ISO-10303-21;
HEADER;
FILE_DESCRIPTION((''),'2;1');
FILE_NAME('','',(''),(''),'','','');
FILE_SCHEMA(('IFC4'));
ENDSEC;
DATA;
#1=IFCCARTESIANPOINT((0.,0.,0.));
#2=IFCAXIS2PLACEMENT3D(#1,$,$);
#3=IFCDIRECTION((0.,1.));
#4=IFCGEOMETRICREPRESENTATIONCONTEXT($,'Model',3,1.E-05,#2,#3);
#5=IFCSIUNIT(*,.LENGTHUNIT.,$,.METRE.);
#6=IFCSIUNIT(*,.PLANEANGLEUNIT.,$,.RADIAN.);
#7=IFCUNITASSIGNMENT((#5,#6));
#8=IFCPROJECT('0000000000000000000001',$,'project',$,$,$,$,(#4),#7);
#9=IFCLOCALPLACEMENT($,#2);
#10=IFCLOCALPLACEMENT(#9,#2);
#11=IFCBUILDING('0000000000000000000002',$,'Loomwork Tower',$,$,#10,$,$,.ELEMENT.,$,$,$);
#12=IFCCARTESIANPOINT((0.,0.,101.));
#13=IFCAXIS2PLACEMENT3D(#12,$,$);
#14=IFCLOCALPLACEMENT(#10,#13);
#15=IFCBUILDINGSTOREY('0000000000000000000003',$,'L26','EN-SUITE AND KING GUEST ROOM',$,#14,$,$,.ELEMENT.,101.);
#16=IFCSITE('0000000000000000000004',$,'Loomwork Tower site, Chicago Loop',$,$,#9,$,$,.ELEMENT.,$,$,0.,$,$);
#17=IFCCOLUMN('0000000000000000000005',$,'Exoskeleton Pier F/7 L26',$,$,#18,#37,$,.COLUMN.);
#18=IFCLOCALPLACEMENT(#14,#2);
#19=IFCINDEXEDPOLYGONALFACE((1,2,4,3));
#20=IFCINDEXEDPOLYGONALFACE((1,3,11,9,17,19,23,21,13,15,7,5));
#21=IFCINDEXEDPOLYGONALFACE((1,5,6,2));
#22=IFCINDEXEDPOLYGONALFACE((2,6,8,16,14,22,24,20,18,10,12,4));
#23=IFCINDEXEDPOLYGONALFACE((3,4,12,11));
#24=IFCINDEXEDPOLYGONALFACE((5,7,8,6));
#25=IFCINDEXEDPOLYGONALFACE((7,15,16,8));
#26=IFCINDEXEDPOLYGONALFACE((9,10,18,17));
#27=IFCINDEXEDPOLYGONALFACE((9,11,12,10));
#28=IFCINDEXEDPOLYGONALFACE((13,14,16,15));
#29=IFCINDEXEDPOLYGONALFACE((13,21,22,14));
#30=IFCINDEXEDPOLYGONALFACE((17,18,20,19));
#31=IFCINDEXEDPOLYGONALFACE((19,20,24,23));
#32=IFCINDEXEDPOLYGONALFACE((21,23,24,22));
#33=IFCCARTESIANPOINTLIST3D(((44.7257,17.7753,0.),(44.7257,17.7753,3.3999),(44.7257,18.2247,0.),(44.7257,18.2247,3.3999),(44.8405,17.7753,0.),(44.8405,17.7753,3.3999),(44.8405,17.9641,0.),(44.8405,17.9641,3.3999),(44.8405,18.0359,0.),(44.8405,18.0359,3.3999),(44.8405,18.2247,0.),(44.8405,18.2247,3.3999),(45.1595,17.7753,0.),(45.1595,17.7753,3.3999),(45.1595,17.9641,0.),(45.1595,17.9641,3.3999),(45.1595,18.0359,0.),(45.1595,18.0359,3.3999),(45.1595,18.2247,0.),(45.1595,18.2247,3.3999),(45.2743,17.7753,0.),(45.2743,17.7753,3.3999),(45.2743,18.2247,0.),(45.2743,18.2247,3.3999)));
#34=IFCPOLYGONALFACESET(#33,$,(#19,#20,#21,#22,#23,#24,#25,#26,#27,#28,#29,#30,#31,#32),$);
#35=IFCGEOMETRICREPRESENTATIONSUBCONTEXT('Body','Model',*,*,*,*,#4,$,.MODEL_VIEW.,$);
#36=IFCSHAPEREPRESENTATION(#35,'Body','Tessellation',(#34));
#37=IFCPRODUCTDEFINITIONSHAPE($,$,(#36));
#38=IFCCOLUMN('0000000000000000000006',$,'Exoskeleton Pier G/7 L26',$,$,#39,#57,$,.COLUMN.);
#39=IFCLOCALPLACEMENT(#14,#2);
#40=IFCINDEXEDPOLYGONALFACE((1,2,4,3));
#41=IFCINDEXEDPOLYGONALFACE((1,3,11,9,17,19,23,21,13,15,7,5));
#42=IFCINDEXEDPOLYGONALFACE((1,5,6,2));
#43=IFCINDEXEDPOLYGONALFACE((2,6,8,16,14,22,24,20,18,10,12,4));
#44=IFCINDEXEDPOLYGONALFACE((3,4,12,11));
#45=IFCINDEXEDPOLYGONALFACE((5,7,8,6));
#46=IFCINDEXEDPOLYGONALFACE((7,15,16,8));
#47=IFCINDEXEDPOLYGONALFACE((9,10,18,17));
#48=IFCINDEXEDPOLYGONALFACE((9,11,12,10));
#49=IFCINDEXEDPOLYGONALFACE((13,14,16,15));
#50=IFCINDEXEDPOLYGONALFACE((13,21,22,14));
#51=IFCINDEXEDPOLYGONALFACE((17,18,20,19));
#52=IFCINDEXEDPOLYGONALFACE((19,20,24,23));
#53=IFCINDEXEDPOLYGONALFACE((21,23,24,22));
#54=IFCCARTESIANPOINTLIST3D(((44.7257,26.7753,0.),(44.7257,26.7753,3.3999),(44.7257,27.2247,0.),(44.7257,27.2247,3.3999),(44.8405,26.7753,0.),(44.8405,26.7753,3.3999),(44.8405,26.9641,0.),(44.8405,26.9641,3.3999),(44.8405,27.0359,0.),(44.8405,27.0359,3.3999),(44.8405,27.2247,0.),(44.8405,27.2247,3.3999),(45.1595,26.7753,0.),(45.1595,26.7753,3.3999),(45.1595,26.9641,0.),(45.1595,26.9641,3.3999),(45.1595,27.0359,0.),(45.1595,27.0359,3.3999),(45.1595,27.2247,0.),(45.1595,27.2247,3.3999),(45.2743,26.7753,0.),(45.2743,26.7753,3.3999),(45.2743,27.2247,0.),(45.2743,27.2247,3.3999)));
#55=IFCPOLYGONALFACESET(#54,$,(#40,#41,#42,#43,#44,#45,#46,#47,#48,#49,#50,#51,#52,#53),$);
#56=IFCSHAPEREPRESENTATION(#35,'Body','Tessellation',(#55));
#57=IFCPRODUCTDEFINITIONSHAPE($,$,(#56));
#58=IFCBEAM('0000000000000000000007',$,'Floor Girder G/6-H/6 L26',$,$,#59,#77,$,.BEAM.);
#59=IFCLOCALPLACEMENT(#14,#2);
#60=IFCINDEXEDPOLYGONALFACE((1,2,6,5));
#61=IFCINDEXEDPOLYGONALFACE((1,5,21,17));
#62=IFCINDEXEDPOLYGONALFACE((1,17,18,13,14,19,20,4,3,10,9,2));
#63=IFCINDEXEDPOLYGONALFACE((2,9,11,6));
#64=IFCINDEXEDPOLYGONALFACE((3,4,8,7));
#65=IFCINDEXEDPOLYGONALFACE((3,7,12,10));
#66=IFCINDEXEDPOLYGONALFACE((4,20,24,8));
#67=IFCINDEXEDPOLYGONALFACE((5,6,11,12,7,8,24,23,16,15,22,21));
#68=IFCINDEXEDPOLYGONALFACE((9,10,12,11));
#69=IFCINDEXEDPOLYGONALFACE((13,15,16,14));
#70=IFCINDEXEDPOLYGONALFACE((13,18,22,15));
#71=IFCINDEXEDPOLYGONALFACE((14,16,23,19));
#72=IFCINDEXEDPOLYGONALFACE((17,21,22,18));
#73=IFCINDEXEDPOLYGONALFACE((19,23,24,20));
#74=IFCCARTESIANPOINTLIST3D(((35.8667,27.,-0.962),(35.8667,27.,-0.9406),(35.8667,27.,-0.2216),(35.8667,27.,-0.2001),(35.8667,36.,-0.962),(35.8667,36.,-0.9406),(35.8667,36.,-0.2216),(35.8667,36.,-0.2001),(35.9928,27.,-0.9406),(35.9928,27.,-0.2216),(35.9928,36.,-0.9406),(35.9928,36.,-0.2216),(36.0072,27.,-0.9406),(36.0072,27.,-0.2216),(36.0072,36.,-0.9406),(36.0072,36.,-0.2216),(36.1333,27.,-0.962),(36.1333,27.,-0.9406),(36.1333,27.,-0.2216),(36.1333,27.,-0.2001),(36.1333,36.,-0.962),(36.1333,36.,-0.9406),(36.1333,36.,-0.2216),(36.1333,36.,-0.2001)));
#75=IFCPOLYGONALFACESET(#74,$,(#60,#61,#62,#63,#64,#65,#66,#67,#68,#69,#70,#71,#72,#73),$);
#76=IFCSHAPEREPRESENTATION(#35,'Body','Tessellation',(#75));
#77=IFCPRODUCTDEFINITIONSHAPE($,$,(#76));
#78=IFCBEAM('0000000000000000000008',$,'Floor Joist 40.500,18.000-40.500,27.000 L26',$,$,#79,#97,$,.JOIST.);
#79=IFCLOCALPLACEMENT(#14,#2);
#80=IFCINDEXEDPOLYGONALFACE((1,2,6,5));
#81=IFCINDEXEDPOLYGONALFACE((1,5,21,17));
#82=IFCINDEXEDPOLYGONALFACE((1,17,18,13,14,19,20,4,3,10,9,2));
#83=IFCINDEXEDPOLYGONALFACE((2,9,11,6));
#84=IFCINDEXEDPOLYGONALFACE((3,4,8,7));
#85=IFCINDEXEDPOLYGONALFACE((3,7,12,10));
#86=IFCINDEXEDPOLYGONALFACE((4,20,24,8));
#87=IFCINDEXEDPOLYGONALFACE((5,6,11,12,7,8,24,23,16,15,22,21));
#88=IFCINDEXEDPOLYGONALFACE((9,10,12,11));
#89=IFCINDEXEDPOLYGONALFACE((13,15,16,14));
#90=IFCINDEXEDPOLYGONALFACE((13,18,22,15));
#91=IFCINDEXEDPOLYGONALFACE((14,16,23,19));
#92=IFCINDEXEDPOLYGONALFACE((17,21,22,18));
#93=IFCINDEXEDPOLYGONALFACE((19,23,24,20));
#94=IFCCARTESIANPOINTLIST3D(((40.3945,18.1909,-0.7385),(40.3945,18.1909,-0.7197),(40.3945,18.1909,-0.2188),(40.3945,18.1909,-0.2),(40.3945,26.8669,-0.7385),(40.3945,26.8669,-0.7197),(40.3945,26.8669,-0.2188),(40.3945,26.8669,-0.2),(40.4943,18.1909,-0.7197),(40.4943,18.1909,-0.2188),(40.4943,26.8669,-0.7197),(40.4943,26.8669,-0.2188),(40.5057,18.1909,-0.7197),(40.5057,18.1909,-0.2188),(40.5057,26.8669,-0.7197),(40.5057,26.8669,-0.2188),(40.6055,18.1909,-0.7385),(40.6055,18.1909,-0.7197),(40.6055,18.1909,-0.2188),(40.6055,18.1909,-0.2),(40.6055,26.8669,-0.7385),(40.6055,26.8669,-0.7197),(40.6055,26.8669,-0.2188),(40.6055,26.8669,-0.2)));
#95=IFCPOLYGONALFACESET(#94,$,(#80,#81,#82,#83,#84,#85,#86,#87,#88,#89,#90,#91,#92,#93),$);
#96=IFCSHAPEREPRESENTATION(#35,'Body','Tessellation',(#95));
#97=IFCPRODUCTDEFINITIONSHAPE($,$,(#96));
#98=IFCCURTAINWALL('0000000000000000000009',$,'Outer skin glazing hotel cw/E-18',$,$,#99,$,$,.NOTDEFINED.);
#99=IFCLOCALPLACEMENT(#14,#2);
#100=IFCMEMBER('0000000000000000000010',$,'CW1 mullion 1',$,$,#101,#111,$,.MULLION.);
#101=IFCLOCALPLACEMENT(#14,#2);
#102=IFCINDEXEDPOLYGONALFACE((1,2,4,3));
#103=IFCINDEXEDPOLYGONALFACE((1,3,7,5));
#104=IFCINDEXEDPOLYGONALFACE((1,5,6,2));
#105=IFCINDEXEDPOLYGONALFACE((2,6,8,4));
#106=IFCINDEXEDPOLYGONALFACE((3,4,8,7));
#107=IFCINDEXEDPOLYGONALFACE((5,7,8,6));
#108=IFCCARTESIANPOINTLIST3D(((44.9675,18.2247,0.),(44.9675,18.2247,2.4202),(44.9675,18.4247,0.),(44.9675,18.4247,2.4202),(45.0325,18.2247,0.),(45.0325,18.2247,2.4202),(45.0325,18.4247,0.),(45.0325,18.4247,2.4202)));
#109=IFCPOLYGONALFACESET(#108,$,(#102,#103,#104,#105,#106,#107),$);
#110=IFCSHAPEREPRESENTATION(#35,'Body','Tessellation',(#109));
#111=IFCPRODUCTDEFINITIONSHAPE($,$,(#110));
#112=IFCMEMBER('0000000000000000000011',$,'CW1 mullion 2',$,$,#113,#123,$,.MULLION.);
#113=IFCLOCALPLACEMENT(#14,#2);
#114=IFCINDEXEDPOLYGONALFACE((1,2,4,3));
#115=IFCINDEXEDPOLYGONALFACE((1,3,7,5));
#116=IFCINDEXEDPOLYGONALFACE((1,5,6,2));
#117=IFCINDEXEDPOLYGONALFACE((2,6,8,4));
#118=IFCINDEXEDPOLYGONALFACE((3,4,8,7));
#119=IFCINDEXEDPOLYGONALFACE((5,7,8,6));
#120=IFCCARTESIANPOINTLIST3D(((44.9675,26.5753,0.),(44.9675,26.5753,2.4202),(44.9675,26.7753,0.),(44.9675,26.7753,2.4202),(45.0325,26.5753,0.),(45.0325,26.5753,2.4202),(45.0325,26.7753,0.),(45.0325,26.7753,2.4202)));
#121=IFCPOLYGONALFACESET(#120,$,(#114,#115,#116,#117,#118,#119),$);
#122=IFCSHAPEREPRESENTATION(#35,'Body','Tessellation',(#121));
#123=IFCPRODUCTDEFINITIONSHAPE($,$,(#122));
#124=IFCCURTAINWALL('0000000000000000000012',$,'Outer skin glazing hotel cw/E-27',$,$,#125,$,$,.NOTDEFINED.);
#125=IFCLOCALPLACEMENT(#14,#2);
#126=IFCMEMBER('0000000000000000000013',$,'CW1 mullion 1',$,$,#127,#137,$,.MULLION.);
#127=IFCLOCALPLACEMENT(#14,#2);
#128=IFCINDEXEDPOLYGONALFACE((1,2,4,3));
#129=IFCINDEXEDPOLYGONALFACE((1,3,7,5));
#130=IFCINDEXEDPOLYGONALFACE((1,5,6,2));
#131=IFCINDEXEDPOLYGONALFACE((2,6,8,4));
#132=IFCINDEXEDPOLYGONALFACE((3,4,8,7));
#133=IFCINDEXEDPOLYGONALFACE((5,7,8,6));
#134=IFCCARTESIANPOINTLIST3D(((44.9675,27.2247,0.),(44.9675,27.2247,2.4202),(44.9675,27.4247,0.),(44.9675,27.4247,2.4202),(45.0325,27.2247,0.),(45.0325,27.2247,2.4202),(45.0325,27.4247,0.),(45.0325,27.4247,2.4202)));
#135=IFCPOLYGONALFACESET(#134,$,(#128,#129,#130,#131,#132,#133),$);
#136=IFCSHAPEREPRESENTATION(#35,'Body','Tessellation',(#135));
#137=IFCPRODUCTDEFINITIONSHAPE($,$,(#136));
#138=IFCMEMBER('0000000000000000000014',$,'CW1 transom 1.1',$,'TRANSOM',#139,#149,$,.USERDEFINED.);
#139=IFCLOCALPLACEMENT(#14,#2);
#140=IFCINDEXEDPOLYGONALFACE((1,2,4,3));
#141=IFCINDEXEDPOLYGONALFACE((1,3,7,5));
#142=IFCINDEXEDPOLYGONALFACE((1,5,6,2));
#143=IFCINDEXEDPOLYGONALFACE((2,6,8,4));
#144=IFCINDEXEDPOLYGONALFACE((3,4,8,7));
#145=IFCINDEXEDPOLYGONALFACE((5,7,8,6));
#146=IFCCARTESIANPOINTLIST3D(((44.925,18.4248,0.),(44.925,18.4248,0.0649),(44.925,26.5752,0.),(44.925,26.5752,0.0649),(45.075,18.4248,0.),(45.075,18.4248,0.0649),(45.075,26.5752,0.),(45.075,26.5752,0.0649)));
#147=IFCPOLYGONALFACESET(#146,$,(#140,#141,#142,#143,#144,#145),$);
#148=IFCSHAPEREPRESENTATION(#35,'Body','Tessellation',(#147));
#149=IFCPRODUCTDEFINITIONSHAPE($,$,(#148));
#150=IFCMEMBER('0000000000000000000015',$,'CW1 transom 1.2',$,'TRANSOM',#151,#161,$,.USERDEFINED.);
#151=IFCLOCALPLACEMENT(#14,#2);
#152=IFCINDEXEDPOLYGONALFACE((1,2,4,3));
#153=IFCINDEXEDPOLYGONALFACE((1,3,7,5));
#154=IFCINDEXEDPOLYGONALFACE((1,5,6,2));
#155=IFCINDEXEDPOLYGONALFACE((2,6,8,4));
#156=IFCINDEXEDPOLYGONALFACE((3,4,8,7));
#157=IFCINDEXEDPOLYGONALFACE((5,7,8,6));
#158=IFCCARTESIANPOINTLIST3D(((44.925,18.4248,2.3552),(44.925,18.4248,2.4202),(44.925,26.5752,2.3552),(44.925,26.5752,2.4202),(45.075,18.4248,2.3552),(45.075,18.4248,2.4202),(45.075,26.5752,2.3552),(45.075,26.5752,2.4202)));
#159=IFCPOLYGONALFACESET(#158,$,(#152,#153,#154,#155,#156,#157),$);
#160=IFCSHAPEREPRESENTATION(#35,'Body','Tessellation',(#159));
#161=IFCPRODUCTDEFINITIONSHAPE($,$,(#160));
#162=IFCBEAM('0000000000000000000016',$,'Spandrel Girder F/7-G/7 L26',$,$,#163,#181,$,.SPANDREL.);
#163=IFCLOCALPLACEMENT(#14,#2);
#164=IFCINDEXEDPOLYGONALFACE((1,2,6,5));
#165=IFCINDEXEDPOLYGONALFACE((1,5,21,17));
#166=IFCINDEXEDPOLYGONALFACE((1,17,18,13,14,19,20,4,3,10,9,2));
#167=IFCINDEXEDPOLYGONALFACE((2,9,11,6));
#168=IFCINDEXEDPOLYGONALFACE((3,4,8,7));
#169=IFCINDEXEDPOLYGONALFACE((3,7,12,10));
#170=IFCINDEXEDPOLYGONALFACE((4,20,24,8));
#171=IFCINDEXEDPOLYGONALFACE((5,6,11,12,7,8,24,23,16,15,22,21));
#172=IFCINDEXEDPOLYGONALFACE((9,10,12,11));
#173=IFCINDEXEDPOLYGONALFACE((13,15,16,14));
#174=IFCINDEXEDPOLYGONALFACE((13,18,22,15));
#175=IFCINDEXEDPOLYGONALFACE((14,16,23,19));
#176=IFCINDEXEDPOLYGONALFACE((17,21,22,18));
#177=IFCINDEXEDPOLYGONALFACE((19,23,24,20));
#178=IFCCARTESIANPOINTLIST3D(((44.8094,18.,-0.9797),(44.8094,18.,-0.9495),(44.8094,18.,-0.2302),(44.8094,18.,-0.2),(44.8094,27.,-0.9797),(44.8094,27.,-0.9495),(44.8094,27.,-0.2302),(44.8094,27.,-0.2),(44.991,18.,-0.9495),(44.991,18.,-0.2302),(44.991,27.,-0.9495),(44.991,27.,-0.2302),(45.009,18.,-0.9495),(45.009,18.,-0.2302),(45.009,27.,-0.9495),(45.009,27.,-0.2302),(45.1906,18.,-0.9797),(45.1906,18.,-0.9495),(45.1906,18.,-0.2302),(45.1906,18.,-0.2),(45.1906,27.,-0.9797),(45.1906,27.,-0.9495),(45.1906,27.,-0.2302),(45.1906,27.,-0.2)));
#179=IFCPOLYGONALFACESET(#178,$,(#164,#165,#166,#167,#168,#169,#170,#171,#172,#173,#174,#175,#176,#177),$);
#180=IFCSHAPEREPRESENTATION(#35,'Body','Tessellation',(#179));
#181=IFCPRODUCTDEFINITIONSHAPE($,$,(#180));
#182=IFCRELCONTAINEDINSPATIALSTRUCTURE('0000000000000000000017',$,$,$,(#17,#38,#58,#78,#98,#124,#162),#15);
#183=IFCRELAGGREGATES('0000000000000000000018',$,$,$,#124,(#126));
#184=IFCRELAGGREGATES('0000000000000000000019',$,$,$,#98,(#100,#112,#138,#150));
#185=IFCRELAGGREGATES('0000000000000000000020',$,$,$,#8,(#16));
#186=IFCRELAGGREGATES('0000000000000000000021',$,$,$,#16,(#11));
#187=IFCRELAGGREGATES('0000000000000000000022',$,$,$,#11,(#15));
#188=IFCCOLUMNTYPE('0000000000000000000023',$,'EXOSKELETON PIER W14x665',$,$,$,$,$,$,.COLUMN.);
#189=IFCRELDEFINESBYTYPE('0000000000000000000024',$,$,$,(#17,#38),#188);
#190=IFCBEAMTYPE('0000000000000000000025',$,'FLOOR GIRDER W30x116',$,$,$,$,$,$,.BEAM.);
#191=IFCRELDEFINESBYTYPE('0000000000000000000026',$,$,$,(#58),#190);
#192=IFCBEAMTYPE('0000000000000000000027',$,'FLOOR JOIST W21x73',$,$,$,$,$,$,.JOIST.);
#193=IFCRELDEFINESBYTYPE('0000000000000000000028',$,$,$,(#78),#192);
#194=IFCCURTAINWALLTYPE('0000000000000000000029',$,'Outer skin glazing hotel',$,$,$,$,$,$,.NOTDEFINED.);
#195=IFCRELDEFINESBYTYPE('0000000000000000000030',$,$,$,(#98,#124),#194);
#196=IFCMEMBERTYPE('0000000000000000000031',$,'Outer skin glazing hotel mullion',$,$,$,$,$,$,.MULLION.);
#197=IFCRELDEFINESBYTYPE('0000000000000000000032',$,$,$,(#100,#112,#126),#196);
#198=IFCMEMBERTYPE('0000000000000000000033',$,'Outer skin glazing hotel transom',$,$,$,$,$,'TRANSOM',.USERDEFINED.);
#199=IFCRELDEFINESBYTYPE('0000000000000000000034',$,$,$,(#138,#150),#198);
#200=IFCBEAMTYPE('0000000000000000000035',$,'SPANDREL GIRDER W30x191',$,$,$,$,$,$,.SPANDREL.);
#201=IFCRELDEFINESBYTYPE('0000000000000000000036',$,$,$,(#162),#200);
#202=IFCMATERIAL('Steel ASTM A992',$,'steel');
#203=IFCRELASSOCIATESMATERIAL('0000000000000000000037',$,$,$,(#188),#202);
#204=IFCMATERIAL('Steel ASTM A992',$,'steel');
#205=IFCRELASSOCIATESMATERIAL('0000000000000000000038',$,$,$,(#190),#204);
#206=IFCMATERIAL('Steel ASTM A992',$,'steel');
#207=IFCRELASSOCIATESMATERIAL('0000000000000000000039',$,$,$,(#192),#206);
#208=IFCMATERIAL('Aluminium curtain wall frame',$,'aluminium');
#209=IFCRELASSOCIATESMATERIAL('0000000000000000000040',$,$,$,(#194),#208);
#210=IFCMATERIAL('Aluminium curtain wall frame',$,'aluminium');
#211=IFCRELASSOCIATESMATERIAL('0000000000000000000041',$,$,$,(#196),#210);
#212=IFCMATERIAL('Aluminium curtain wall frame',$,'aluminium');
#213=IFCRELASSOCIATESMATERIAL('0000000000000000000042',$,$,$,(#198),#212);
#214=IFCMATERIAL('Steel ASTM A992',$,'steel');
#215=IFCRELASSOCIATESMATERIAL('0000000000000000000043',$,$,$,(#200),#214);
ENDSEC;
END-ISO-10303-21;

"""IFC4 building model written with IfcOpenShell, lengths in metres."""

from ifc_helpers import new_model, si_unit, direction, frame, origin, origin_2d, place, context, subcontext, project, spatial, rectangle, i_section, extrude, material, material_profile, profile_set, type_object, element, aggregate, save


model = new_model("IFC4")

# Units and contexts
model_context = context("Model", 3, precision=1e-05, world=origin(), true_north=direction((0.0, 1.0)))
body_context = subcontext(model_context, "Body", "Model", "MODEL_VIEW")
ifc_project = project(units=[si_unit("LENGTHUNIT", "METRE"), si_unit("PLANEANGLEUNIT", "RADIAN")], contexts=[model_context])

# Site, building, storey
site_placement = place(None, origin())
site = spatial("IfcSite", under=ifc_project, at=site_placement, Name="Loomwork Tower site, Chicago Loop", CompositionType="ELEMENT", RefElevation=0.0)
building_placement = place(site_placement, origin())
building = spatial("IfcBuilding", under=site, at=building_placement, Name="Loomwork Tower", CompositionType="ELEMENT")
storey_placement = place(building_placement, frame((0.0, 0.0, 101.0)))
storey = spatial("IfcBuildingStorey", under=building, at=storey_placement, Name="L26", Description="EN-SUITE AND KING GUEST ROOM", CompositionType="ELEMENT", Elevation=101.0)

# Columns
ifc_material_1 = material(Name="Steel ASTM A992", Category="steel")
ifc_material_profile_1 = material_profile(ifc_material_1, i_section(OverallWidth=0.4495, OverallDepth=0.5486, WebThickness=0.0718, FlangeThickness=0.1147, at=origin_2d()), Name="W14x665")
ifc_profile_set_1 = profile_set([ifc_material_profile_1], Name="Steel ASTM A992")
column_type = type_object("IfcColumnType", Name="EXOSKELETON PIER W14x665", PredefinedType="COLUMN", material=ifc_profile_set_1)
for number, where, z_axis, x_axis, name in (
    (1, (45.0, 18.0, 0.0), (0.0, 0.0, 1.0), (0.0, 1.0, 0.0), "Exoskeleton Pier F/7 L26"),
    (2, (45.0, 27.0, 0.0), (0.0, 0.0, 1.0), (0.0, 1.0, 0.0), "Exoskeleton Pier G/7 L26"),
):
    element("IfcColumn", number, at=place(storey_placement, frame(where, z_axis=z_axis, x_axis=x_axis)), inside=storey, type_object=column_type, Name=name, PredefinedType="COLUMN", context=body_context, shape_type="SweptSolid", body=[
        extrude(i_section(OverallWidth=0.4495, OverallDepth=0.5486, WebThickness=0.0718, FlangeThickness=0.1147, at=origin_2d()), origin(), (0.0, 0.0, 1.0), 3.3999),
    ])

# Beams
ifc_material_2 = material(Name="Steel ASTM A992", Category="steel")
ifc_material_profile_2 = material_profile(ifc_material_2, i_section(OverallWidth=0.2666, OverallDepth=0.762, WebThickness=0.0144, FlangeThickness=0.0215, at=origin_2d()), Name="W30x116")
ifc_profile_set_2 = profile_set([ifc_material_profile_2], Name="Steel ASTM A992")
beam_type_1 = type_object("IfcBeamType", Name="FLOOR GIRDER W30x116", PredefinedType="BEAM", material=ifc_profile_set_2)
beam_1_placement = place(storey_placement, frame((36.0, 27.0, -0.5811), z_axis=(0.0, 1.0, 0.0), x_axis=(-1.0, 0.0, 0.0)))
element("IfcBeam", 3, at=beam_1_placement, inside=storey, type_object=beam_type_1, Name="Floor Girder G/6-H/6 L26", PredefinedType="BEAM", context=body_context, shape_type="SweptSolid", body=[
    extrude(i_section(OverallWidth=0.2666, OverallDepth=0.762, WebThickness=0.0144, FlangeThickness=0.0215, at=origin_2d()), origin(), (0.0, 0.0, 1.0), 9.0),
])
ifc_material_3 = material(Name="Steel ASTM A992", Category="steel")
ifc_material_profile_3 = material_profile(ifc_material_3, i_section(OverallWidth=0.2109, OverallDepth=0.5386, WebThickness=0.0115, FlangeThickness=0.0188, at=origin_2d()), Name="W21x73")
ifc_profile_set_3 = profile_set([ifc_material_profile_3], Name="Steel ASTM A992")
beam_type_2 = type_object("IfcBeamType", Name="FLOOR JOIST W21x73", PredefinedType="JOIST", material=ifc_profile_set_3)
beam_2_placement = place(storey_placement, frame((40.5, 18.1909, -0.4692), z_axis=(0.0, 1.0, 0.0), x_axis=(-1.0, 0.0, 0.0)))
element("IfcBeam", 4, at=beam_2_placement, inside=storey, type_object=beam_type_2, Name="Floor Joist 40.500,18.000-40.500,27.000 L26", PredefinedType="JOIST", context=body_context, shape_type="SweptSolid", body=[
    extrude(i_section(OverallWidth=0.2109, OverallDepth=0.5386, WebThickness=0.0115, FlangeThickness=0.0188, at=origin_2d()), origin(), (0.0, 0.0, 1.0), 8.676),
])

# Curtain wall, members
ifc_material_4 = material(Name="Aluminium curtain wall frame", Category="aluminium")
curtain_wall_type = type_object("IfcCurtainWallType", Name="Outer skin glazing hotel", PredefinedType="NOTDEFINED", material=ifc_material_4)
curtain_wall_1_placement = place(storey_placement, origin())
curtain_wall_1 = element("IfcCurtainWall", 5, at=curtain_wall_1_placement, inside=storey, type_object=curtain_wall_type, Name="Outer skin glazing hotel cw/E-18", PredefinedType="NOTDEFINED")
ifc_material_5 = material(Name="Aluminium curtain wall frame", Category="aluminium")
ifc_material_profile_4 = material_profile(ifc_material_5, rectangle(XDim=0.0649, YDim=0.2, at=origin_2d()), Name="AL 65x200")
ifc_profile_set_4 = profile_set([ifc_material_profile_4], Name="Aluminium curtain wall frame")
member_type_1 = type_object("IfcMemberType", Name="Outer skin glazing hotel mullion", PredefinedType="MULLION", material=ifc_profile_set_4)
member_1_placement = place(storey_placement, frame((45.0, 18.3247, 0.0), z_axis=(0.0, 0.0, 1.0), x_axis=(-1.0, 0.0, 0.0)))
member_1 = element("IfcMember", 6, at=member_1_placement, type_object=member_type_1, Name="CW1 mullion 1", PredefinedType="MULLION", context=body_context, shape_type="SweptSolid", body=[
    extrude(rectangle(XDim=0.0649, YDim=0.2, at=origin_2d()), origin(), (0.0, 0.0, 1.0), 2.4202),
])
member_2_placement = place(storey_placement, frame((45.0, 26.6753, 0.0), z_axis=(0.0, 0.0, 1.0), x_axis=(-1.0, 0.0, 0.0)))
member_2 = element("IfcMember", 7, at=member_2_placement, type_object=member_type_1, Name="CW1 mullion 2", PredefinedType="MULLION", context=body_context, shape_type="SweptSolid", body=[
    extrude(rectangle(XDim=0.0649, YDim=0.2, at=origin_2d()), origin(), (0.0, 0.0, 1.0), 2.4202),
])

# Curtain wall, member
curtain_wall_2_placement = place(storey_placement, origin())
curtain_wall_2 = element("IfcCurtainWall", 8, at=curtain_wall_2_placement, inside=storey, type_object=curtain_wall_type, Name="Outer skin glazing hotel cw/E-27", PredefinedType="NOTDEFINED")
member_3_placement = place(storey_placement, frame((45.0, 27.3247, 0.0), z_axis=(0.0, 0.0, 1.0), x_axis=(-1.0, 0.0, 0.0)))
member_3 = element("IfcMember", 9, at=member_3_placement, type_object=member_type_1, Name="CW1 mullion 1", PredefinedType="MULLION", context=body_context, shape_type="SweptSolid", body=[
    extrude(rectangle(XDim=0.0649, YDim=0.2, at=origin_2d()), origin(), (0.0, 0.0, 1.0), 2.4202),
])
aggregate(curtain_wall_2, [member_3])

# Members
ifc_material_6 = material(Name="Aluminium curtain wall frame", Category="aluminium")
ifc_material_profile_5 = material_profile(ifc_material_6, rectangle(XDim=0.1499, YDim=0.0649, at=origin_2d()), Name="AL 65x150")
ifc_profile_set_5 = profile_set([ifc_material_profile_5], Name="Aluminium curtain wall frame")
member_type_2 = type_object("IfcMemberType", Name="Outer skin glazing hotel transom", ElementType="TRANSOM", PredefinedType="USERDEFINED", material=ifc_profile_set_5)
member_4_placement = place(storey_placement, frame((45.0, 18.4248, 0.0325), z_axis=(0.0, 1.0, 0.0), x_axis=(-1.0, 0.0, 0.0)))
member_4 = element("IfcMember", 10, at=member_4_placement, type_object=member_type_2, Name="CW1 transom 1.1", ObjectType="TRANSOM", PredefinedType="USERDEFINED", context=body_context, shape_type="SweptSolid", body=[
    extrude(rectangle(XDim=0.1499, YDim=0.0649, at=origin_2d()), origin(), (0.0, 0.0, 1.0), 8.1504),
])
member_5_placement = place(storey_placement, frame((45.0, 18.4248, 2.3877), z_axis=(0.0, 1.0, 0.0), x_axis=(-1.0, 0.0, 0.0)))
member_5 = element("IfcMember", 11, at=member_5_placement, type_object=member_type_2, Name="CW1 transom 1.2", ObjectType="TRANSOM", PredefinedType="USERDEFINED", context=body_context, shape_type="SweptSolid", body=[
    extrude(rectangle(XDim=0.1499, YDim=0.0649, at=origin_2d()), origin(), (0.0, 0.0, 1.0), 8.1504),
])

# Beam
ifc_material_7 = material(Name="Steel ASTM A992", Category="steel")
ifc_material_profile_6 = material_profile(ifc_material_7, i_section(OverallWidth=0.3811, OverallDepth=0.7798, WebThickness=0.0181, FlangeThickness=0.0303, at=origin_2d()), Name="W30x191")
ifc_profile_set_6 = profile_set([ifc_material_profile_6], Name="Steel ASTM A992")
beam_type_3 = type_object("IfcBeamType", Name="SPANDREL GIRDER W30x191", PredefinedType="SPANDREL", material=ifc_profile_set_6)
for number, where, z_axis, x_axis, name in (
    (12, (45.0, 18.0, -0.5898), (0.0, 1.0, 0.0), (-1.0, 0.0, 0.0), "Spandrel Girder F/7-G/7 L26"),
):
    element("IfcBeam", number, at=place(storey_placement, frame(where, z_axis=z_axis, x_axis=x_axis)), inside=storey, type_object=beam_type_3, Name=name, PredefinedType="SPANDREL", context=body_context, shape_type="SweptSolid", body=[
        extrude(i_section(OverallWidth=0.3811, OverallDepth=0.7798, WebThickness=0.0181, FlangeThickness=0.0303, at=origin_2d()), origin(), (0.0, 0.0, 1.0), 9.0),
    ])

aggregate(curtain_wall_1, [member_1, member_2, member_4, member_5])

save(model, "model.ifc")
